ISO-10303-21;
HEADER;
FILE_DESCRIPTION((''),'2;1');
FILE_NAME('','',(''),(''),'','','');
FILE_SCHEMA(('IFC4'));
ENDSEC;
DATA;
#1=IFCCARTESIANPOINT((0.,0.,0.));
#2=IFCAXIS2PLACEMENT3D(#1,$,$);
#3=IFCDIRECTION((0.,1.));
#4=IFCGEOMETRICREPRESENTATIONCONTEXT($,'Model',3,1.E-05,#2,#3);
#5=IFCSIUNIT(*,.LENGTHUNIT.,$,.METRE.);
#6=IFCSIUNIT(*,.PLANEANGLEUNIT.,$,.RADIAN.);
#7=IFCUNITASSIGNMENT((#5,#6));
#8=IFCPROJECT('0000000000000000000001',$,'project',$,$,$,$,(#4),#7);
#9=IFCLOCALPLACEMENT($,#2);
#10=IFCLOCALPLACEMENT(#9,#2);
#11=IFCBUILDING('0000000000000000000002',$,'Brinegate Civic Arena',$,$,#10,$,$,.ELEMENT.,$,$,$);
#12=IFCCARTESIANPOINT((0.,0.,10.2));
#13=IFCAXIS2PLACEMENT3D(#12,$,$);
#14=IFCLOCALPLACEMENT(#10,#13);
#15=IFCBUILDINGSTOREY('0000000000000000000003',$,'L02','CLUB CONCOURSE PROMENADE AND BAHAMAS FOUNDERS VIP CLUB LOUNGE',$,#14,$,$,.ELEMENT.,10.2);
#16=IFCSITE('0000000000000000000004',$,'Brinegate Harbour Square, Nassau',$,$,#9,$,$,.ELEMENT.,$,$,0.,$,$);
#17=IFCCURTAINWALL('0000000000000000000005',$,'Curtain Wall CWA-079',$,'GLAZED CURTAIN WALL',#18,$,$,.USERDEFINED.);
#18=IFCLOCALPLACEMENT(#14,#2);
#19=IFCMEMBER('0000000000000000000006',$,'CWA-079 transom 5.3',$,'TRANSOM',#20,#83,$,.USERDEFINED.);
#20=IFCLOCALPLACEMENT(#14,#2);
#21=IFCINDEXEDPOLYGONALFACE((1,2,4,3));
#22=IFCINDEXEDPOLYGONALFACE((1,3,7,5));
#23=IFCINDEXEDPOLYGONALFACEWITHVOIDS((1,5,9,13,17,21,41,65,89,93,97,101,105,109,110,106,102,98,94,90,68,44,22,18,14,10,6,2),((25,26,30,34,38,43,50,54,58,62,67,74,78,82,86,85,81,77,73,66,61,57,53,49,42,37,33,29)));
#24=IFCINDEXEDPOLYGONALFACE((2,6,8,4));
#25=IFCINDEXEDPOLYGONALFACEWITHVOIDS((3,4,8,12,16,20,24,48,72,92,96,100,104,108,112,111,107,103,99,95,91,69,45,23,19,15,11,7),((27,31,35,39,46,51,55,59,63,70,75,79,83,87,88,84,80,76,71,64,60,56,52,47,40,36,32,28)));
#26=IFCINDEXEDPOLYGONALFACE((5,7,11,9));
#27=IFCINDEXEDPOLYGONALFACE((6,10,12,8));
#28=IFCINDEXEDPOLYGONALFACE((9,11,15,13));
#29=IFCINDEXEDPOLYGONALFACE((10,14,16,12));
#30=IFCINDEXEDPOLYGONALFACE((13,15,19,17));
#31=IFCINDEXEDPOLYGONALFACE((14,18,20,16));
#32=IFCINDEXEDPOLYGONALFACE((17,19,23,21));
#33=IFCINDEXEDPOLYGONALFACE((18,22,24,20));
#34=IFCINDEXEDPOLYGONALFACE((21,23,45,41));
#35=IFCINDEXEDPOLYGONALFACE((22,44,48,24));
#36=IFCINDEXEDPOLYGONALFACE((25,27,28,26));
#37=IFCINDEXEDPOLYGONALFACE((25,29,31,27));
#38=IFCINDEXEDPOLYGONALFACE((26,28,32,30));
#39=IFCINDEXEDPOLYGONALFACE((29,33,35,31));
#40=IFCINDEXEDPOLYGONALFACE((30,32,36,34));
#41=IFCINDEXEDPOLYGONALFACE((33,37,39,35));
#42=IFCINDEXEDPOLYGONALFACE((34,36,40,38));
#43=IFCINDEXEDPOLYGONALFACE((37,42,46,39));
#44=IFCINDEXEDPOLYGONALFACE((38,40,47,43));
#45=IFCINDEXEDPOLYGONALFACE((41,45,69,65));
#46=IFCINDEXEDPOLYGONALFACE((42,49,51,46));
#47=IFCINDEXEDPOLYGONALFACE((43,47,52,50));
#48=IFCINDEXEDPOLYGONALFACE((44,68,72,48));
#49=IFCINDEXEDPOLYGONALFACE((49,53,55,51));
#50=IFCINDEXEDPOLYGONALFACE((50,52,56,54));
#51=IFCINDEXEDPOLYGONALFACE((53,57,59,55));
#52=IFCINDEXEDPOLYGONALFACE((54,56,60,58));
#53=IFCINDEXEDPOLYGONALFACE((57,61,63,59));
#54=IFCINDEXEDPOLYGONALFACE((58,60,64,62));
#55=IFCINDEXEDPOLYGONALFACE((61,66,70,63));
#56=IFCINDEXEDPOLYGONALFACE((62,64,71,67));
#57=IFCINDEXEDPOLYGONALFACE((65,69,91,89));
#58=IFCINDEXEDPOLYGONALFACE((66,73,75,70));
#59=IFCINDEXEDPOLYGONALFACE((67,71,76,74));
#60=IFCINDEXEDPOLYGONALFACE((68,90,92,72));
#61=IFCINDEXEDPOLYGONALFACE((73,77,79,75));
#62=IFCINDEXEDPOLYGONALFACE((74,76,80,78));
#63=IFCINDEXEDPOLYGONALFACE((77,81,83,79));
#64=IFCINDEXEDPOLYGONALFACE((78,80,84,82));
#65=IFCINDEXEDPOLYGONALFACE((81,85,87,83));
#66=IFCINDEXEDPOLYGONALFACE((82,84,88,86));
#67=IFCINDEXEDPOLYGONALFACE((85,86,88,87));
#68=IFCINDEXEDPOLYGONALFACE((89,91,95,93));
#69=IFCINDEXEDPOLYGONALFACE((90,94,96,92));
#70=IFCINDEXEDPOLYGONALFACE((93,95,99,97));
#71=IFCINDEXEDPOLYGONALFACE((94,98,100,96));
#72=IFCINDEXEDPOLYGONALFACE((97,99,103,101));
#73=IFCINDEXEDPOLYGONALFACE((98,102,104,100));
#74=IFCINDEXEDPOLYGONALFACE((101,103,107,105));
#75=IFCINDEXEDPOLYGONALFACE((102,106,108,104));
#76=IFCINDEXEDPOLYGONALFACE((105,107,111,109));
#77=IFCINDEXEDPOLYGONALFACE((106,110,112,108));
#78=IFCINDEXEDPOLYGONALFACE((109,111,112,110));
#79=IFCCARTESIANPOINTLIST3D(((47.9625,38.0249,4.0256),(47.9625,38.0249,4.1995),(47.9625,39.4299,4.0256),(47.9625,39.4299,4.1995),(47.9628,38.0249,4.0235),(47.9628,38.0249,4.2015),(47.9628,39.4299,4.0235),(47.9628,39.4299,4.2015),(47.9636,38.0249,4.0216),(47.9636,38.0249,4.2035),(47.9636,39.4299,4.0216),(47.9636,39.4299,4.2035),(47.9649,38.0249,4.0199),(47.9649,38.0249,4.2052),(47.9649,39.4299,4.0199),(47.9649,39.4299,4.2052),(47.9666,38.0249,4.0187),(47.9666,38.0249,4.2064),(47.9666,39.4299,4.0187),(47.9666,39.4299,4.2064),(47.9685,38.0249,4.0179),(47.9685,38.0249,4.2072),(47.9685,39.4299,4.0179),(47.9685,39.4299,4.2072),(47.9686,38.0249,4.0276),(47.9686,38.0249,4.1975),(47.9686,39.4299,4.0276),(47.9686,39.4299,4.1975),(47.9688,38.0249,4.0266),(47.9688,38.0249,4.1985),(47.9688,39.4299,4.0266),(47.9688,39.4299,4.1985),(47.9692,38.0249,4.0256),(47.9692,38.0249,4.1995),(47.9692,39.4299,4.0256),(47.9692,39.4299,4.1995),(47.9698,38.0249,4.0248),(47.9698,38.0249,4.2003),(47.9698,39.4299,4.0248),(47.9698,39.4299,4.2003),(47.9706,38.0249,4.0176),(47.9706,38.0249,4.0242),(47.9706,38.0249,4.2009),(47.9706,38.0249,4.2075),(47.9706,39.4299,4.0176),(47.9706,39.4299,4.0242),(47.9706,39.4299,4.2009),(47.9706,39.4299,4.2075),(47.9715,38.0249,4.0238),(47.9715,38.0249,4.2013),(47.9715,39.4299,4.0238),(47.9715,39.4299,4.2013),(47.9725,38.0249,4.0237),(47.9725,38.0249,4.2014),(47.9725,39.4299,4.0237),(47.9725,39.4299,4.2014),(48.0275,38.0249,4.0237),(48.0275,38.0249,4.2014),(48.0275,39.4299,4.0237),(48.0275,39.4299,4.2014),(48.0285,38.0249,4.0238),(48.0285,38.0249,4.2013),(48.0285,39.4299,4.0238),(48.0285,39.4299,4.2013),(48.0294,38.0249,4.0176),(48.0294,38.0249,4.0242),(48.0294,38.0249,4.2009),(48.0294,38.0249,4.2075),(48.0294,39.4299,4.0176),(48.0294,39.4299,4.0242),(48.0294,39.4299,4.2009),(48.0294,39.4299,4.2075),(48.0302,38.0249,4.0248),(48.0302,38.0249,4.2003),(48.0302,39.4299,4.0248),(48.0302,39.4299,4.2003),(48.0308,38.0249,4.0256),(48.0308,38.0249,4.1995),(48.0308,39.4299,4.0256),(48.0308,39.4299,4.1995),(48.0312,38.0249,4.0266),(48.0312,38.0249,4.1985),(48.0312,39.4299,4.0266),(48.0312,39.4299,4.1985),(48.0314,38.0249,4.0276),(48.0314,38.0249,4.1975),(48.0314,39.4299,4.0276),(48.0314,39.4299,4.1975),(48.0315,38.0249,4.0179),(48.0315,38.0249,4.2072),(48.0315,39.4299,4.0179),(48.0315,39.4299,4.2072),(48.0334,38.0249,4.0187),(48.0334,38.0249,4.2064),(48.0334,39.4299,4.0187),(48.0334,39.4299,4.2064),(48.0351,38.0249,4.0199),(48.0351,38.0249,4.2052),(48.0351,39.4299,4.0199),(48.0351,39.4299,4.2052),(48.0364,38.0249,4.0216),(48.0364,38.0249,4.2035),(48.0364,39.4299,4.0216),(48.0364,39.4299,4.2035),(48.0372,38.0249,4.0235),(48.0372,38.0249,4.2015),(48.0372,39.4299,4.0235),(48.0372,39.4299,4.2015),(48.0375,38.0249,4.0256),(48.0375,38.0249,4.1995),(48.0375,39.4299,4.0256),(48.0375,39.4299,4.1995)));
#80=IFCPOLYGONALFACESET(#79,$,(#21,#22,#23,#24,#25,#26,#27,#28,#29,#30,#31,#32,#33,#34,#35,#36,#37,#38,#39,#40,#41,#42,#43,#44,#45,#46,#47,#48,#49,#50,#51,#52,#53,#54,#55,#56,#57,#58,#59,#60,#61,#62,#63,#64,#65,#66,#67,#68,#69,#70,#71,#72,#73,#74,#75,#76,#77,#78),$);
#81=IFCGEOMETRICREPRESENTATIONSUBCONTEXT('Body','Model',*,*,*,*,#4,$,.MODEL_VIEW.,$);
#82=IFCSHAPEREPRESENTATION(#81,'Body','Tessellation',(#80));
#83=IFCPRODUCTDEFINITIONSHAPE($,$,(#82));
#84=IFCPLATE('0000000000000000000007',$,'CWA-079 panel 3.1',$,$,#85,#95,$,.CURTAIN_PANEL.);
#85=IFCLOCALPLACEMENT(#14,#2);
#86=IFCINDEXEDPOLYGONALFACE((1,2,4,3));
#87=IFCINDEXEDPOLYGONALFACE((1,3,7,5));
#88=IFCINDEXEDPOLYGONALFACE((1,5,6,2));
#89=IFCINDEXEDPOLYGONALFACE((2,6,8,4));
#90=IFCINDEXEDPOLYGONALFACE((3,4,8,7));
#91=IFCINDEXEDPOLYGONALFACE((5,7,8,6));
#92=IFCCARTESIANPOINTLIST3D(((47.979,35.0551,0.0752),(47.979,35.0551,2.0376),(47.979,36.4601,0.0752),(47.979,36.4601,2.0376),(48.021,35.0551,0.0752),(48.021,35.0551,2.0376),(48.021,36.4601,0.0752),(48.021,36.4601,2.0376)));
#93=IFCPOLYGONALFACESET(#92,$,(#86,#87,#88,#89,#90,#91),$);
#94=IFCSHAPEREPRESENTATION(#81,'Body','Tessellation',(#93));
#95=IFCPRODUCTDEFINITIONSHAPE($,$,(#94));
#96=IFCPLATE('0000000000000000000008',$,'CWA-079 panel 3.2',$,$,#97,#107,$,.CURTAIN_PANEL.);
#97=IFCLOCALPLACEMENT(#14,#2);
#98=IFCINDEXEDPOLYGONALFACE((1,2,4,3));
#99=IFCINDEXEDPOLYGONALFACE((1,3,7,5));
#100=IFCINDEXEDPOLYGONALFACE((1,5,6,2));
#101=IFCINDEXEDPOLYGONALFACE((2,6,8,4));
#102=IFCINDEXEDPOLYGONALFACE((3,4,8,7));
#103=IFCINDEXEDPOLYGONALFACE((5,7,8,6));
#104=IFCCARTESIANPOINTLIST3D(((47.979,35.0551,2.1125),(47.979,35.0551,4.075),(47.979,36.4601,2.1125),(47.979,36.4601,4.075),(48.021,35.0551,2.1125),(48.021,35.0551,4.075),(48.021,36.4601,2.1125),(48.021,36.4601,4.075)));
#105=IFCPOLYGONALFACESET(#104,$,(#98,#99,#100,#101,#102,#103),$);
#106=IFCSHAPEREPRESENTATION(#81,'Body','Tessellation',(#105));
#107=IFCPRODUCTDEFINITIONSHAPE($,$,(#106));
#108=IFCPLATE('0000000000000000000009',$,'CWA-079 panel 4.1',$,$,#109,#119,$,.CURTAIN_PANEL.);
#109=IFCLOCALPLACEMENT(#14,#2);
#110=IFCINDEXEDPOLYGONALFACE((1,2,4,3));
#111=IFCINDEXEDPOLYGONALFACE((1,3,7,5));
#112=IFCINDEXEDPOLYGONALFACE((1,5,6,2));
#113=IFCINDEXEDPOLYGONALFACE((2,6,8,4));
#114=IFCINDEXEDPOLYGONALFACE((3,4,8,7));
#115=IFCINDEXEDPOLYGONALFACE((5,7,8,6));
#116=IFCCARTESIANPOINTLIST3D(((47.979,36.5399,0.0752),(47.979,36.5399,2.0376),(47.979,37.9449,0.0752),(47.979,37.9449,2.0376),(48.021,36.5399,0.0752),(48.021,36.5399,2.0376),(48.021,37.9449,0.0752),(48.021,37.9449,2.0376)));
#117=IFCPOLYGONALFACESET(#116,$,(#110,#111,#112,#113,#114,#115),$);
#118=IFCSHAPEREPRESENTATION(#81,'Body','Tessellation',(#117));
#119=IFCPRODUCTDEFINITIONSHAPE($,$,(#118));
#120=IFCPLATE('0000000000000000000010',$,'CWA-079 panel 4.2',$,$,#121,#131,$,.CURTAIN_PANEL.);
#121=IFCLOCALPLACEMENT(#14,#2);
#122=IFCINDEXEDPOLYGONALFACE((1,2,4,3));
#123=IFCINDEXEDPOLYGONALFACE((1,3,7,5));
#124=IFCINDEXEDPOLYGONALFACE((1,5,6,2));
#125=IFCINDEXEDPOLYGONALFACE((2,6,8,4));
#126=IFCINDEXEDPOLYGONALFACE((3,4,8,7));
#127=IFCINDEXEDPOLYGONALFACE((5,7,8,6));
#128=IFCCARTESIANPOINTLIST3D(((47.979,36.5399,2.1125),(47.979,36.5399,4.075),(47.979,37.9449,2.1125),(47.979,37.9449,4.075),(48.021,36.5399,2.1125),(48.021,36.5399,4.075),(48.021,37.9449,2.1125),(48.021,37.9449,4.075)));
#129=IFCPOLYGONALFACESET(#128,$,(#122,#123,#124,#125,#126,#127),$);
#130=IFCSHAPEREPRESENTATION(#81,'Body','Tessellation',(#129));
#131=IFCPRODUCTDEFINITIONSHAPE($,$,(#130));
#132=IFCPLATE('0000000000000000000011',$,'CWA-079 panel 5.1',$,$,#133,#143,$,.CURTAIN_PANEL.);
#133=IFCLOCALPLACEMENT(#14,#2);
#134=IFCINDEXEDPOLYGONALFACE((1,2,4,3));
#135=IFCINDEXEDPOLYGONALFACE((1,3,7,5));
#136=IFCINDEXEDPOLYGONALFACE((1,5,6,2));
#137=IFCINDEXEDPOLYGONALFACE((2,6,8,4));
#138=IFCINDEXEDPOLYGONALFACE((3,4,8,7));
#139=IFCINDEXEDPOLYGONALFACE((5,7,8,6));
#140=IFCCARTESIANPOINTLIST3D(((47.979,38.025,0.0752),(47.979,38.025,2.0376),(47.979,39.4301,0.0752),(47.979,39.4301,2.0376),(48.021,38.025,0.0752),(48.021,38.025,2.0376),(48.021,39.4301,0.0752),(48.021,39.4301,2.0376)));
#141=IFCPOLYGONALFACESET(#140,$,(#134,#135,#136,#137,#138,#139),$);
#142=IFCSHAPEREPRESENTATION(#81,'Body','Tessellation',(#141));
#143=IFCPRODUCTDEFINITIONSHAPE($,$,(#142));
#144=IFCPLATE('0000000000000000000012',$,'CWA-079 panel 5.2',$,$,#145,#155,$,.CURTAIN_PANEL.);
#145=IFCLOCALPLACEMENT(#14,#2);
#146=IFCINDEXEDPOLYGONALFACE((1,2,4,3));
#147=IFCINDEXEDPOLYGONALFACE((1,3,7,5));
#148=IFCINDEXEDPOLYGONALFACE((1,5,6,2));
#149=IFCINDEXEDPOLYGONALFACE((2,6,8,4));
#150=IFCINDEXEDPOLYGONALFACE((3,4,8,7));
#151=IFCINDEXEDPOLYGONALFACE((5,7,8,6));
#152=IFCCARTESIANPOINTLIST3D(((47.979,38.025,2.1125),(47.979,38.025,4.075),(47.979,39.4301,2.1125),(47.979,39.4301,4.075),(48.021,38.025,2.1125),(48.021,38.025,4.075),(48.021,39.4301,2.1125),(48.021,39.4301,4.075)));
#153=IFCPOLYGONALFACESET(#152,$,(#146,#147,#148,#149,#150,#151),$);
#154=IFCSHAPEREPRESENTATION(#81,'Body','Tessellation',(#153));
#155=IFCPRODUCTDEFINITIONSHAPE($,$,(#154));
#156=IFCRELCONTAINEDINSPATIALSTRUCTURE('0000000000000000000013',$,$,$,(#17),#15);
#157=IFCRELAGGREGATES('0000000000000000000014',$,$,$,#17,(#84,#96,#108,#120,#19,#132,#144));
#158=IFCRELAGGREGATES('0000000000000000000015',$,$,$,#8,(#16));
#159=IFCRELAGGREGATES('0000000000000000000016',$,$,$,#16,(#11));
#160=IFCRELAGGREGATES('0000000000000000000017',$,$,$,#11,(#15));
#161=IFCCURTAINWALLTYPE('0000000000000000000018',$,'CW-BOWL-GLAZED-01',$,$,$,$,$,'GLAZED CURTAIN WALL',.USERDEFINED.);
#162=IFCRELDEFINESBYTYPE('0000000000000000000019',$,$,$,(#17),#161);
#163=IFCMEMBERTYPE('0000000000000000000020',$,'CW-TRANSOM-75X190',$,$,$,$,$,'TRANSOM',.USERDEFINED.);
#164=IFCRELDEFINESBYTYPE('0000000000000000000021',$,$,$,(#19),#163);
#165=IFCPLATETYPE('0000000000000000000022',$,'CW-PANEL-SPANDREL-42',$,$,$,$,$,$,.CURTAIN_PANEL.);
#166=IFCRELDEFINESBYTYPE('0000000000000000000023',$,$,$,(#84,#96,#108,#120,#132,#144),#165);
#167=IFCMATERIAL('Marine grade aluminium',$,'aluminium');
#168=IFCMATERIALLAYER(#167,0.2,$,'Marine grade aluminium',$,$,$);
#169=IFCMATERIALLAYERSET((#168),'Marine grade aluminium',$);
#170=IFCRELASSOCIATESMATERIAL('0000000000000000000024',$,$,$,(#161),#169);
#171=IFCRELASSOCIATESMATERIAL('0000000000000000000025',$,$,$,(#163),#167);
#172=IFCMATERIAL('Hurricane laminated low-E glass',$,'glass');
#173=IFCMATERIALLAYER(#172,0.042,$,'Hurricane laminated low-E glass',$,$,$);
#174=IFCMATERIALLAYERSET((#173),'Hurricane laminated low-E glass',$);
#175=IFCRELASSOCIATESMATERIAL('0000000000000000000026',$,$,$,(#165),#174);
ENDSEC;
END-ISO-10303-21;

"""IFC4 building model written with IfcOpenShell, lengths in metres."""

from ifc_helpers import new_model, si_unit, direction, frame, origin, origin_2d, place, context, subcontext, project, spatial, rectangle, hollow_rectangle, extrude, material, layer, layer_set, material_profile, profile_set, type_object, element, aggregate, save


model = new_model("IFC4")

# Units and contexts
model_context = context("Model", 3, precision=1e-05, world=origin(), true_north=direction((0.0, 1.0)))
body_context = subcontext(model_context, "Body", "Model", "MODEL_VIEW")
ifc_project = project(units=[si_unit("LENGTHUNIT", "METRE"), si_unit("PLANEANGLEUNIT", "RADIAN")], contexts=[model_context])

# Site, building, storey
site_placement = place(None, origin())
site = spatial("IfcSite", under=ifc_project, at=site_placement, Name="Brinegate Harbour Square, Nassau", CompositionType="ELEMENT", RefElevation=0.0)
building_placement = place(site_placement, origin())
building = spatial("IfcBuilding", under=site, at=building_placement, Name="Brinegate Civic Arena", CompositionType="ELEMENT")
storey_placement = place(building_placement, frame((0.0, 0.0, 10.2)))
storey = spatial("IfcBuildingStorey", under=building, at=storey_placement, Name="L02", Description="CLUB CONCOURSE PROMENADE AND BAHAMAS FOUNDERS VIP CLUB LOUNGE", CompositionType="ELEMENT", Elevation=10.2)

# Curtain wall, member, plates
ifc_material_1 = material(Name="Marine grade aluminium", Category="aluminium")
ifc_layer_1 = layer(ifc_material_1, 0.2, Name="Marine grade aluminium")
ifc_layer_set_1 = layer_set([ifc_layer_1], Name="Marine grade aluminium")
curtain_wall_type = type_object("IfcCurtainWallType", Name="CW-BOWL-GLAZED-01", ElementType="GLAZED CURTAIN WALL", PredefinedType="USERDEFINED", material=ifc_layer_set_1)
curtain_wall_placement = place(storey_placement, origin())
curtain_wall = element("IfcCurtainWall", 1, at=curtain_wall_placement, inside=storey, type_object=curtain_wall_type, Name="Curtain Wall CWA-079", ObjectType="GLAZED CURTAIN WALL", PredefinedType="USERDEFINED")
ifc_material_profile_1 = material_profile(ifc_material_1, hollow_rectangle(XDim=0.075, YDim=0.1899, WallThickness=0.0061, InnerFilletRadius=0.0039, OuterFilletRadius=0.0081, at=origin_2d()), Name="TRN75X190")
ifc_profile_set_1 = profile_set([ifc_material_profile_1], Name="Marine grade aluminium")
member_type_1 = type_object("IfcMemberType", Name="CW-TRANSOM-75X190", ElementType="TRANSOM", PredefinedType="USERDEFINED", material=ifc_profile_set_1)
member_1_placement = place(storey_placement, frame((48.0, 38.0249, 4.1125), z_axis=(0.0, 1.0, 0.0), x_axis=(-1.0, 0.0, 0.0)))
member_1 = element("IfcMember", 2, at=member_1_placement, type_object=member_type_1, Name="CWA-079 transom 5.3", ObjectType="TRANSOM", PredefinedType="USERDEFINED", context=body_context, shape_type="SweptSolid", body=[
    extrude(hollow_rectangle(XDim=0.075, YDim=0.1899, WallThickness=0.0061, InnerFilletRadius=0.0039, OuterFilletRadius=0.0081, at=origin_2d()), origin(), (0.0, 0.0, 1.0), 1.405),
])
ifc_material_2 = material(Name="Hurricane laminated low-E glass", Category="glass")
ifc_layer_2 = layer(ifc_material_2, 0.042, Name="Hurricane laminated low-E glass")
ifc_layer_set_2 = layer_set([ifc_layer_2], Name="Hurricane laminated low-E glass")
plate_type = type_object("IfcPlateType", Name="CW-PANEL-SPANDREL-42", PredefinedType="CURTAIN_PANEL", material=ifc_layer_set_2)
plate_1_placement = place(storey_placement, frame((48.0, 35.7576, 0.0752), z_axis=(0.0, 0.0, 1.0), x_axis=(0.0, 1.0, 0.0)))
plate_1 = element("IfcPlate", 3, at=plate_1_placement, type_object=plate_type, Name="CWA-079 panel 3.1", PredefinedType="CURTAIN_PANEL", context=body_context, shape_type="SweptSolid", body=[
    extrude(rectangle(XDim=1.405, YDim=0.042, at=origin_2d()), origin(), (0.0, 0.0, 1.0), 1.9624),
])
plate_2_placement = place(storey_placement, frame((48.0, 35.7576, 2.1125), z_axis=(0.0, 0.0, 1.0), x_axis=(0.0, 1.0, 0.0)))
plate_2 = element("IfcPlate", 4, at=plate_2_placement, type_object=plate_type, Name="CWA-079 panel 3.2", PredefinedType="CURTAIN_PANEL", context=body_context, shape_type="SweptSolid", body=[
    extrude(rectangle(XDim=1.405, YDim=0.042, at=origin_2d()), origin(), (0.0, 0.0, 1.0), 1.9624),
])
plate_3_placement = place(storey_placement, frame((48.0, 37.2424, 0.0752), z_axis=(0.0, 0.0, 1.0), x_axis=(0.0, 1.0, 0.0)))
plate_3 = element("IfcPlate", 5, at=plate_3_placement, type_object=plate_type, Name="CWA-079 panel 4.1", PredefinedType="CURTAIN_PANEL", context=body_context, shape_type="SweptSolid", body=[
    extrude(rectangle(XDim=1.405, YDim=0.042, at=origin_2d()), origin(), (0.0, 0.0, 1.0), 1.9624),
])
plate_4_placement = place(storey_placement, frame((48.0, 37.2424, 2.1125), z_axis=(0.0, 0.0, 1.0), x_axis=(0.0, 1.0, 0.0)))
plate_4 = element("IfcPlate", 6, at=plate_4_placement, type_object=plate_type, Name="CWA-079 panel 4.2", PredefinedType="CURTAIN_PANEL", context=body_context, shape_type="SweptSolid", body=[
    extrude(rectangle(XDim=1.405, YDim=0.042, at=origin_2d()), origin(), (0.0, 0.0, 1.0), 1.9624),
])
plate_5_placement = place(storey_placement, frame((48.0, 38.7275, 0.0752), z_axis=(0.0, 0.0, 1.0), x_axis=(0.0, 1.0, 0.0)))
plate_5 = element("IfcPlate", 7, at=plate_5_placement, type_object=plate_type, Name="CWA-079 panel 5.1", PredefinedType="CURTAIN_PANEL", context=body_context, shape_type="SweptSolid", body=[
    extrude(rectangle(XDim=1.405, YDim=0.042, at=origin_2d()), origin(), (0.0, 0.0, 1.0), 1.9624),
])
plate_6_placement = place(storey_placement, frame((48.0, 38.7275, 2.1125), z_axis=(0.0, 0.0, 1.0), x_axis=(0.0, 1.0, 0.0)))
plate_6 = element("IfcPlate", 8, at=plate_6_placement, type_object=plate_type, Name="CWA-079 panel 5.2", PredefinedType="CURTAIN_PANEL", context=body_context, shape_type="SweptSolid", body=[
    extrude(rectangle(XDim=1.405, YDim=0.042, at=origin_2d()), origin(), (0.0, 0.0, 1.0), 1.9624),
])
aggregate(curtain_wall, [plate_1, plate_2, plate_3, plate_4, member_1, plate_5, plate_6])

save(model, "model.ifc")
